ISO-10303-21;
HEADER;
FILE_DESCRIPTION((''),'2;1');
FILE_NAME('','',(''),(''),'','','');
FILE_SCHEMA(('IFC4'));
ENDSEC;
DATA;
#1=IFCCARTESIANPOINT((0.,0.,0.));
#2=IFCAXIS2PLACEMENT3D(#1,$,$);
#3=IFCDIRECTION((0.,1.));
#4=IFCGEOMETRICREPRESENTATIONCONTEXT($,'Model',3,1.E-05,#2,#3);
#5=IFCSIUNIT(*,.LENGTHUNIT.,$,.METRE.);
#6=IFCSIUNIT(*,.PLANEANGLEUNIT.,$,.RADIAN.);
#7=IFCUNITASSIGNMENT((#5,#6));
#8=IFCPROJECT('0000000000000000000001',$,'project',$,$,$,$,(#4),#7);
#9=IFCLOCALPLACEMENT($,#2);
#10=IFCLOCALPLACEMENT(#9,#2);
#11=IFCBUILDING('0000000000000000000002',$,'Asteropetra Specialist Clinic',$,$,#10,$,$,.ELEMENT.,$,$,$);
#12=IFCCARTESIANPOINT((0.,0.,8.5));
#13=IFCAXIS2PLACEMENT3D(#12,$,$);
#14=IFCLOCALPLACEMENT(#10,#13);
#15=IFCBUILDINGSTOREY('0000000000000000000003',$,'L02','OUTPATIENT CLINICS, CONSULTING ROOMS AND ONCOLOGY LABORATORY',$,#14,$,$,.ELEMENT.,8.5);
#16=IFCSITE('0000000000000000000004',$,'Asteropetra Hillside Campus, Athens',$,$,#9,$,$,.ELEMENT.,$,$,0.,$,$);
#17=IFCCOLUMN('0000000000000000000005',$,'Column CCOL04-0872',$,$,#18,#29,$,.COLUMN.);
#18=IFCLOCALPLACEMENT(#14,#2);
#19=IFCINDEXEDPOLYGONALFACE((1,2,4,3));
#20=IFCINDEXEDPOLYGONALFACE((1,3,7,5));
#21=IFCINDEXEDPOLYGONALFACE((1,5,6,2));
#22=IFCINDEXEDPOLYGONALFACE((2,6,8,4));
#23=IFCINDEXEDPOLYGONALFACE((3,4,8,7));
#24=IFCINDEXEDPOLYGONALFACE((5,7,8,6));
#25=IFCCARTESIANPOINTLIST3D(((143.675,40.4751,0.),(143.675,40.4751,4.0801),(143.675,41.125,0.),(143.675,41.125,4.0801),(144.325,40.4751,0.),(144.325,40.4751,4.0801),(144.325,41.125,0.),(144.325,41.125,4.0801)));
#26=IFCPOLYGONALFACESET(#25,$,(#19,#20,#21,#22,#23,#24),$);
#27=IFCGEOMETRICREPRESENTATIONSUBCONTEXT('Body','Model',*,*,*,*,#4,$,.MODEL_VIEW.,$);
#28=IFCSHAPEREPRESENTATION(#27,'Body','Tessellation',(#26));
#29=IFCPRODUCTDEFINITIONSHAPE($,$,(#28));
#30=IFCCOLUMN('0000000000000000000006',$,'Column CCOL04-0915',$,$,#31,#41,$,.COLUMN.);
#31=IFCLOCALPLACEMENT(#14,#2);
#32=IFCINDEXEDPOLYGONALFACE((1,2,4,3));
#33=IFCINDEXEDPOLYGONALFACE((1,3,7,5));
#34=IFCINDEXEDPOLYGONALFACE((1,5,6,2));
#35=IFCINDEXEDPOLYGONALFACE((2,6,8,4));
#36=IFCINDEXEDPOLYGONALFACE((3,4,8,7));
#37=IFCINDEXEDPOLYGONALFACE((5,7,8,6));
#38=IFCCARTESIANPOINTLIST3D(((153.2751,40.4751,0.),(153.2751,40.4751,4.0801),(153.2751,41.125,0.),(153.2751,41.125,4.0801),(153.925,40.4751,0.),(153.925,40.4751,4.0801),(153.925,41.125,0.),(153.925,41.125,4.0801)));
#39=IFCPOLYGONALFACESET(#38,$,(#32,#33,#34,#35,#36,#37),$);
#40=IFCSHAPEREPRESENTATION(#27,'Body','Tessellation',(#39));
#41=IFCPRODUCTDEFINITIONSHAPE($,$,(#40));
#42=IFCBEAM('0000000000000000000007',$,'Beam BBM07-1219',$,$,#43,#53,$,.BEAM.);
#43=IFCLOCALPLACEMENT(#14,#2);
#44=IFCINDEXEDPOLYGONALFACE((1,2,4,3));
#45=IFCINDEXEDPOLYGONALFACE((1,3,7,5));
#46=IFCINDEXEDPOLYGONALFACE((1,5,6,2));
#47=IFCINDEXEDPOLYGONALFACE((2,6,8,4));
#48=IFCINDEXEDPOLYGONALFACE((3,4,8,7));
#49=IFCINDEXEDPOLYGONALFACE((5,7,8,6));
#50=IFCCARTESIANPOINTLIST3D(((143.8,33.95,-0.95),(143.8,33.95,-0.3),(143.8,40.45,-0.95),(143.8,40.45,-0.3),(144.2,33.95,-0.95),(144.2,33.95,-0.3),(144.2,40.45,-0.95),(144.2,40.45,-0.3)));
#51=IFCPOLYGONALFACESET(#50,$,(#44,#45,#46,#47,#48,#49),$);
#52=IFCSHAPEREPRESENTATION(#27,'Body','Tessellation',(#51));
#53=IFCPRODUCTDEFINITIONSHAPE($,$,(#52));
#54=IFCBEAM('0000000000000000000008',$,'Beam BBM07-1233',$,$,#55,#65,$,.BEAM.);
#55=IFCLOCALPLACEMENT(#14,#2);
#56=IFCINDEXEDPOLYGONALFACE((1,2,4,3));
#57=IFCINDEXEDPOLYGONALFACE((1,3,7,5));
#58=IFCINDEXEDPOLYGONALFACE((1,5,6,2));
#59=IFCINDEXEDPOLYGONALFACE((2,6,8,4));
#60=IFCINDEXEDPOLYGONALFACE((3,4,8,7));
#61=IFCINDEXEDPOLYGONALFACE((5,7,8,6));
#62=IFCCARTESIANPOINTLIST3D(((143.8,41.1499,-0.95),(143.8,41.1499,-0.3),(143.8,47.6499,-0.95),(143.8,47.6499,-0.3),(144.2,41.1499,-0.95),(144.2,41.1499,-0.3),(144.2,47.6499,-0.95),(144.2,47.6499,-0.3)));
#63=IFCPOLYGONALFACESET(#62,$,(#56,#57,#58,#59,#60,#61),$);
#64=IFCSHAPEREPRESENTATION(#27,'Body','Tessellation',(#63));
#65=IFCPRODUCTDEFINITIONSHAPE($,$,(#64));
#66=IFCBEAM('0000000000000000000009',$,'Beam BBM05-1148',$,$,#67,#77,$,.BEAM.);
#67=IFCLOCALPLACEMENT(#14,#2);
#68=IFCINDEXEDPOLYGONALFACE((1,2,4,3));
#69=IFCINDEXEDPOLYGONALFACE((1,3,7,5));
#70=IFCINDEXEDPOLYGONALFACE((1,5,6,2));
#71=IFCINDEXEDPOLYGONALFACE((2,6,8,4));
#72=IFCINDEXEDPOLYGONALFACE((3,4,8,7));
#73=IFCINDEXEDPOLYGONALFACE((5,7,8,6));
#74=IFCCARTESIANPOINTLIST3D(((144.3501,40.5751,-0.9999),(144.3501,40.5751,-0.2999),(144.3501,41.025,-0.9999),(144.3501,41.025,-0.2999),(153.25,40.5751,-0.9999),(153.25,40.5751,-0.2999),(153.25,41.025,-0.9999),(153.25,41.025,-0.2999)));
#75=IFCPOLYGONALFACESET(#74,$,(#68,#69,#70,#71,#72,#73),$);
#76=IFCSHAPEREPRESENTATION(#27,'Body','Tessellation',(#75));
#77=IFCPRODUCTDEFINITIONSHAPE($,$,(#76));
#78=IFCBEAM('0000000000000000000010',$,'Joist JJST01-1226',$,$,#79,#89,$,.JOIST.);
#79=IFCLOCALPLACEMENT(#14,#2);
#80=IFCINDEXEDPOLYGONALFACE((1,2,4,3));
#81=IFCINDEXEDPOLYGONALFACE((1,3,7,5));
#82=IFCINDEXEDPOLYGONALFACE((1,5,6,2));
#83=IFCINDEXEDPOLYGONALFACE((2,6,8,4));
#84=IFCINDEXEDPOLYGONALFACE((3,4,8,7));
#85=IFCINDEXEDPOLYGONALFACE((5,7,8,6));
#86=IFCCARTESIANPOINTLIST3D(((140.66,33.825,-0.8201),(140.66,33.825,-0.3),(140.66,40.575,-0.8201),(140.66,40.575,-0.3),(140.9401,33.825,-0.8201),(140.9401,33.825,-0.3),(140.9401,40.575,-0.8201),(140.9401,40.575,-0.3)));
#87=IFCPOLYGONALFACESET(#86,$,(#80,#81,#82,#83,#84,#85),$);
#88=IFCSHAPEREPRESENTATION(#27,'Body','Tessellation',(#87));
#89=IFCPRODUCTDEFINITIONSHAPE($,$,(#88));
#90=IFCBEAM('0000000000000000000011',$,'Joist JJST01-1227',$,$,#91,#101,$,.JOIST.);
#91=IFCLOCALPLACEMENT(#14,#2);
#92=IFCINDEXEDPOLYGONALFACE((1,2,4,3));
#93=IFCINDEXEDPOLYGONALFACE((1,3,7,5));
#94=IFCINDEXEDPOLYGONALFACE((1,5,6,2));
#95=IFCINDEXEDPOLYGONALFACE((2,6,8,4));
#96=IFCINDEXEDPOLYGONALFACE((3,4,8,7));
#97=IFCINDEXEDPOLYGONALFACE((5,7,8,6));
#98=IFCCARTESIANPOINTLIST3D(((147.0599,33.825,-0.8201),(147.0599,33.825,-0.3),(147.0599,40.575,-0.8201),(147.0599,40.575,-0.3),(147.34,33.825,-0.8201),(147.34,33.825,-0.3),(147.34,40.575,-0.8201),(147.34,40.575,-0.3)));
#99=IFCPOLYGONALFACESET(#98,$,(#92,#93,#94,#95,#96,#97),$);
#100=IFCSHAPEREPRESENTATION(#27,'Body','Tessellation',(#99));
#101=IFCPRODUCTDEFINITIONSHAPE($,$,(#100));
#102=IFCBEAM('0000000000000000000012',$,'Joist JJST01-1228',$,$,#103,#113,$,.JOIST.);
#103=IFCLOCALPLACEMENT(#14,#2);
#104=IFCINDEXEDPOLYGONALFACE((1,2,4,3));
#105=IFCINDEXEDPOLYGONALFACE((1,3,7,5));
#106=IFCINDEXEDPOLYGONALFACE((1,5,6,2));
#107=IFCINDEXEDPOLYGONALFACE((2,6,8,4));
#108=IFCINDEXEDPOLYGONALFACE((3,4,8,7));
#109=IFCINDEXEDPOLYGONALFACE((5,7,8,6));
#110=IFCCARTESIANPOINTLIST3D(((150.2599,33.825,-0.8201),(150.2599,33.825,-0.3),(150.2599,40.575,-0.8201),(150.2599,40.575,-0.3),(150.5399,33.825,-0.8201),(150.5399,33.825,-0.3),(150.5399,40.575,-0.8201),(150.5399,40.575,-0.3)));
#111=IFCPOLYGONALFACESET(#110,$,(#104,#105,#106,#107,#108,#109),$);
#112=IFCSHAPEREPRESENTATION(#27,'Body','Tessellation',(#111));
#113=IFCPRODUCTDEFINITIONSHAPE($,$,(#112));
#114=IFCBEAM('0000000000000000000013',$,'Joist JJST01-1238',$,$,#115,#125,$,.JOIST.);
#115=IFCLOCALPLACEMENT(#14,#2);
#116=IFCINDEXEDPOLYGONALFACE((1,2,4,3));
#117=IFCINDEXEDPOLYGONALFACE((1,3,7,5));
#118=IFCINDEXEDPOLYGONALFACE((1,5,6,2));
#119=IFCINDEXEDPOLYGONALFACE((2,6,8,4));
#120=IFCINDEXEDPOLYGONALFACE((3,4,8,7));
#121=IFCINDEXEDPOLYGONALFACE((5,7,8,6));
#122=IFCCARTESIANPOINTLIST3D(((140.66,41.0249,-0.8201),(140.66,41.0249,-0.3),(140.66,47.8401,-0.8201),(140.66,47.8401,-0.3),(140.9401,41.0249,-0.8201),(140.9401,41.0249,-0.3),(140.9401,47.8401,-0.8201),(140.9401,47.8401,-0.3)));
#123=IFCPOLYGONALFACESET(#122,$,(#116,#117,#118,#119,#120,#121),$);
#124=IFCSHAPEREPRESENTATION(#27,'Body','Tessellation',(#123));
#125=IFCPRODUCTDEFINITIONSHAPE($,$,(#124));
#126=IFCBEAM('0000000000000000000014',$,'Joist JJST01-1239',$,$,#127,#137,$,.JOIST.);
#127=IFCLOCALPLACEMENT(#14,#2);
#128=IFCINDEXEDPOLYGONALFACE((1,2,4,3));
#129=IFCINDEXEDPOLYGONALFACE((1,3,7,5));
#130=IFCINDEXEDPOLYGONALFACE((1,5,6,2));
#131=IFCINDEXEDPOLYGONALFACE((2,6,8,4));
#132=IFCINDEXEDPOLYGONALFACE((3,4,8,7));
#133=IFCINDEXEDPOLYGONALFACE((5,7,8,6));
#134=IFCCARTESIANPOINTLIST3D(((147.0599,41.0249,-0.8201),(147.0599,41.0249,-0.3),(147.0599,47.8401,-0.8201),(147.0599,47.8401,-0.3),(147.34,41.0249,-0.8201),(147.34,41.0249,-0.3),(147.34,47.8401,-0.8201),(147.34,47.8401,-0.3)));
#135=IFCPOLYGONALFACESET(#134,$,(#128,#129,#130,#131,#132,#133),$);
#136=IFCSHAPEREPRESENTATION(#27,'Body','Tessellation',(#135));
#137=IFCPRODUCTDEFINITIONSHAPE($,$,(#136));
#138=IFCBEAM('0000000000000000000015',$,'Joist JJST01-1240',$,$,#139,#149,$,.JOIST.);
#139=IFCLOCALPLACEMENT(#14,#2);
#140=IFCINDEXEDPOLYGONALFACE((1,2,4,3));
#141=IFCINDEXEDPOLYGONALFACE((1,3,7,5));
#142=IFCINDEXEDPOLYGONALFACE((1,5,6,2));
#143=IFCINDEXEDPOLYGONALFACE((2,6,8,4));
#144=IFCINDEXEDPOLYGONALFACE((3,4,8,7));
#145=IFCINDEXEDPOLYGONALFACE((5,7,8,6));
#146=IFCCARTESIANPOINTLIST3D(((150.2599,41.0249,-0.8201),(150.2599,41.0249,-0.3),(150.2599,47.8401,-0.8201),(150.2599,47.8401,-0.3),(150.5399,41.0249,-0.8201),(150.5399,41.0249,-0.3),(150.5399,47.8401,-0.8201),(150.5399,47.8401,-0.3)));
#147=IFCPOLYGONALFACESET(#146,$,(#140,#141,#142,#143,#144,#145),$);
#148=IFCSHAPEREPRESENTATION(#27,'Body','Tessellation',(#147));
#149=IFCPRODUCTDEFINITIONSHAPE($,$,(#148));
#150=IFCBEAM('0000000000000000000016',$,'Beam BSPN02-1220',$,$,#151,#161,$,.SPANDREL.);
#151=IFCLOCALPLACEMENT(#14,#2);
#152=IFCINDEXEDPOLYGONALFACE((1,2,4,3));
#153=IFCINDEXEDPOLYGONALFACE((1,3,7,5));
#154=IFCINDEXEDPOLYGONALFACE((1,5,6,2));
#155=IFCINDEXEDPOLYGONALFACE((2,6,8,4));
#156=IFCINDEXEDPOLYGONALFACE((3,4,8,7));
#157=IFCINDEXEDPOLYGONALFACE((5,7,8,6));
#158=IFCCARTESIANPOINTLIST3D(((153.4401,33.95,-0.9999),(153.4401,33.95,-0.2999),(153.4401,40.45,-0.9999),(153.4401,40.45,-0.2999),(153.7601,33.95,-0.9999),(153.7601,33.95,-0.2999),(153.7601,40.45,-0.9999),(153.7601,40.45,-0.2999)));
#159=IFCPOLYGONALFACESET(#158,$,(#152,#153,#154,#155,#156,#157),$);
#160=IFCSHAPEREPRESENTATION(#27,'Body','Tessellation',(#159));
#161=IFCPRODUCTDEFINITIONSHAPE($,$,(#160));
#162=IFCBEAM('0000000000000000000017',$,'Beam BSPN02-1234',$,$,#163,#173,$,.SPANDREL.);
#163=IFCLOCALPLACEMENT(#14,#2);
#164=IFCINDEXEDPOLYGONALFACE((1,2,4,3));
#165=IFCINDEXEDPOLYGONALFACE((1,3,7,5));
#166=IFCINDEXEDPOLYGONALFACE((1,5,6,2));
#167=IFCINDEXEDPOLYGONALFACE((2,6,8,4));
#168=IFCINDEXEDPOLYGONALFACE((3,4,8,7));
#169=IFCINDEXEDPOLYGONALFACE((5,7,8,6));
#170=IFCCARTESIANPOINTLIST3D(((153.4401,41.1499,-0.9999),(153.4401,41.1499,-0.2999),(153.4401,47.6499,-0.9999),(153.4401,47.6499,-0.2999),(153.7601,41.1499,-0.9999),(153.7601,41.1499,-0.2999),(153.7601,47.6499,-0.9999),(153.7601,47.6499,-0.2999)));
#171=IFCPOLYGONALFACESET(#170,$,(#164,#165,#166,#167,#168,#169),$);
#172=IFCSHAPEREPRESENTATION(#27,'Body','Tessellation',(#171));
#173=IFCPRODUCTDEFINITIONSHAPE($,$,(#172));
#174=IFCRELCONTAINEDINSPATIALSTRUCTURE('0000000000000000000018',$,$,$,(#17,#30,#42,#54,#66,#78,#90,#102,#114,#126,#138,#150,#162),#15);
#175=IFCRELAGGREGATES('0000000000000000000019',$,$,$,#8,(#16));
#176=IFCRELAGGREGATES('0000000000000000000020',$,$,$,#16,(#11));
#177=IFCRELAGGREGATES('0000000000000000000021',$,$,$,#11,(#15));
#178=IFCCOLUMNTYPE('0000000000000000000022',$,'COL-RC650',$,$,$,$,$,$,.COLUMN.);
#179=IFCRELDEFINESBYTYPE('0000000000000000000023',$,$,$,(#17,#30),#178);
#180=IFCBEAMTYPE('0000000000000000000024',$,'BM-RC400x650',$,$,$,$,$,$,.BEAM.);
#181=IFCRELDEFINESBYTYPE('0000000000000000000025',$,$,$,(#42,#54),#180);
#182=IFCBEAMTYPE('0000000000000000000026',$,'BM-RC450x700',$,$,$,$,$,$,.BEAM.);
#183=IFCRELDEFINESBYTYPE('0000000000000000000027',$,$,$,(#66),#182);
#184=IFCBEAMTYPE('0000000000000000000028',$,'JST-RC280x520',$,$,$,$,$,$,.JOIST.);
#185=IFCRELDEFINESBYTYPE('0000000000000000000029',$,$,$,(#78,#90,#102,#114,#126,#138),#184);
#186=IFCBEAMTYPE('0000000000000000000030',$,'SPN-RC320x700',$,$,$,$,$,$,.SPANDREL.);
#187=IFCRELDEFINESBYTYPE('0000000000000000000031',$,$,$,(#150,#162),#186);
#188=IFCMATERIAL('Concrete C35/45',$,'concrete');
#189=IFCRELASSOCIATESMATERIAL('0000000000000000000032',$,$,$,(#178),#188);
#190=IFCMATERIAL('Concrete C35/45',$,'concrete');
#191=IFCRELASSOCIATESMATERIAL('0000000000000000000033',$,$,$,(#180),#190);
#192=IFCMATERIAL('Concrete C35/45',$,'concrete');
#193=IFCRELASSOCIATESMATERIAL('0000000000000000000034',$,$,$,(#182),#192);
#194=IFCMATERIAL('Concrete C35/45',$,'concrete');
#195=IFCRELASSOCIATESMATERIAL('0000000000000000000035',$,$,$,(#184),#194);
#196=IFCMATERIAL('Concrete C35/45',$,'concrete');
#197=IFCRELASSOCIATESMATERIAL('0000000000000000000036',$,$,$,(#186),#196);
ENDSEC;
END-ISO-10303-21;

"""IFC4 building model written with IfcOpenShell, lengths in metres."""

from ifc_helpers import new_model, si_unit, direction, frame, origin, origin_2d, place, context, subcontext, project, spatial, rectangle, extrude, material, material_profile, profile_set, type_object, element, save


model = new_model("IFC4")

# Units and contexts
model_context = context("Model", 3, precision=1e-05, world=origin(), true_north=direction((0.0, 1.0)))
body_context = subcontext(model_context, "Body", "Model", "MODEL_VIEW")
ifc_project = project(units=[si_unit("LENGTHUNIT", "METRE"), si_unit("PLANEANGLEUNIT", "RADIAN")], contexts=[model_context])

# Site, building, storey
site_placement = place(None, origin())
site = spatial("IfcSite", under=ifc_project, at=site_placement, Name="Asteropetra Hillside Campus, Athens", CompositionType="ELEMENT", RefElevation=0.0)
building_placement = place(site_placement, origin())
building = spatial("IfcBuilding", under=site, at=building_placement, Name="Asteropetra Specialist Clinic", CompositionType="ELEMENT")
storey_placement = place(building_placement, frame((0.0, 0.0, 8.5)))
storey = spatial("IfcBuildingStorey", under=building, at=storey_placement, Name="L02", Description="OUTPATIENT CLINICS, CONSULTING ROOMS AND ONCOLOGY LABORATORY", CompositionType="ELEMENT", Elevation=8.5)

# Columns
ifc_material_1 = material(Name="Concrete C35/45", Category="concrete")
ifc_material_profile_1 = material_profile(ifc_material_1, rectangle(XDim=0.6499, YDim=0.6499, at=origin_2d()), Name="RC 650x650")
ifc_profile_set_1 = profile_set([ifc_material_profile_1], Name="Concrete C35/45")
column_type = type_object("IfcColumnType", Name="COL-RC650", PredefinedType="COLUMN", material=ifc_profile_set_1)
for number, where, z_axis, x_axis, name in (
    (1, (144.0, 40.8, 0.0), (0.0, 0.0, 1.0), (1.0, 0.0, 0.0), "Column CCOL04-0872"),
    (2, (153.6001, 40.8, 0.0), (0.0, 0.0, 1.0), (1.0, 0.0, 0.0), "Column CCOL04-0915"),
):
    element("IfcColumn", number, at=place(storey_placement, frame(where, z_axis=z_axis, x_axis=x_axis)), inside=storey, type_object=column_type, Name=name, PredefinedType="COLUMN", context=body_context, shape_type="SweptSolid", body=[
        extrude(rectangle(XDim=0.6499, YDim=0.6499, at=origin_2d()), origin(), (0.0, 0.0, 1.0), 4.0801),
    ])

# Beams
ifc_material_2 = material(Name="Concrete C35/45", Category="concrete")
ifc_material_profile_2 = material_profile(ifc_material_2, rectangle(XDim=0.3999, YDim=0.6499, at=origin_2d()), Name="RCB 400x650")
ifc_profile_set_2 = profile_set([ifc_material_profile_2], Name="Concrete C35/45")
beam_type_1 = type_object("IfcBeamType", Name="BM-RC400x650", PredefinedType="BEAM", material=ifc_profile_set_2)
for number, where, z_axis, x_axis, name in (
    (3, (144.0, 33.95, -0.625), (0.0, 1.0, 0.0), (-1.0, 0.0, 0.0), "Beam BBM07-1219"),
    (4, (144.0, 41.1499, -0.625), (0.0, 1.0, 0.0), (-1.0, 0.0, 0.0), "Beam BBM07-1233"),
):
    element("IfcBeam", number, at=place(storey_placement, frame(where, z_axis=z_axis, x_axis=x_axis)), inside=storey, type_object=beam_type_1, Name=name, PredefinedType="BEAM", context=body_context, shape_type="SweptSolid", body=[
        extrude(rectangle(XDim=0.3999, YDim=0.6499, at=origin_2d()), origin(), (0.0, 0.0, 1.0), 6.5),
    ])
ifc_material_3 = material(Name="Concrete C35/45", Category="concrete")
ifc_material_profile_3 = material_profile(ifc_material_3, rectangle(XDim=0.45, YDim=0.7, at=origin_2d()), Name="RCB 450x700")
ifc_profile_set_3 = profile_set([ifc_material_profile_3], Name="Concrete C35/45")
beam_type_2 = type_object("IfcBeamType", Name="BM-RC450x700", PredefinedType="BEAM", material=ifc_profile_set_3)
beam_placement = place(storey_placement, frame((144.3501, 40.8, -0.6499), z_axis=(1.0, 0.0, 0.0), x_axis=(0.0, 1.0, 0.0)))
element("IfcBeam", 5, at=beam_placement, inside=storey, type_object=beam_type_2, Name="Beam BBM05-1148", PredefinedType="BEAM", context=body_context, shape_type="SweptSolid", body=[
    extrude(rectangle(XDim=0.45, YDim=0.7, at=origin_2d()), origin(), (0.0, 0.0, 1.0), 8.8999),
])
ifc_material_4 = material(Name="Concrete C35/45", Category="concrete")
ifc_material_profile_4 = material_profile(ifc_material_4, rectangle(XDim=0.28, YDim=0.52, at=origin_2d()), Name="RCJ 280x520")
ifc_profile_set_4 = profile_set([ifc_material_profile_4], Name="Concrete C35/45")
beam_type_3 = type_object("IfcBeamType", Name="JST-RC280x520", PredefinedType="JOIST", material=ifc_profile_set_4)
for number, where, z_axis, x_axis, name in (
    (6, (140.8, 33.825, -0.5601), (0.0, 1.0, 0.0), (-1.0, 0.0, 0.0), "Joist JJST01-1226"),
    (7, (147.2, 33.825, -0.5601), (0.0, 1.0, 0.0), (-1.0, 0.0, 0.0), "Joist JJST01-1227"),
    (8, (150.3999, 33.825, -0.5601), (0.0, 1.0, 0.0), (-1.0, 0.0, 0.0), "Joist JJST01-1228"),
):
    element("IfcBeam", number, at=place(storey_placement, frame(where, z_axis=z_axis, x_axis=x_axis)), inside=storey, type_object=beam_type_3, Name=name, PredefinedType="JOIST", context=body_context, shape_type="SweptSolid", body=[
        extrude(rectangle(XDim=0.28, YDim=0.52, at=origin_2d()), origin(), (0.0, 0.0, 1.0), 6.75),
    ])
for number, where, z_axis, x_axis, name in (
    (9, (140.8, 41.0249, -0.5601), (0.0, 1.0, 0.0), (-1.0, 0.0, 0.0), "Joist JJST01-1238"),
    (10, (147.2, 41.0249, -0.5601), (0.0, 1.0, 0.0), (-1.0, 0.0, 0.0), "Joist JJST01-1239"),
    (11, (150.3999, 41.0249, -0.5601), (0.0, 1.0, 0.0), (-1.0, 0.0, 0.0), "Joist JJST01-1240"),
):
    element("IfcBeam", number, at=place(storey_placement, frame(where, z_axis=z_axis, x_axis=x_axis)), inside=storey, type_object=beam_type_3, Name=name, PredefinedType="JOIST", context=body_context, shape_type="SweptSolid", body=[
        extrude(rectangle(XDim=0.28, YDim=0.52, at=origin_2d()), origin(), (0.0, 0.0, 1.0), 6.8152),
    ])
ifc_material_5 = material(Name="Concrete C35/45", Category="concrete")
ifc_material_profile_5 = material_profile(ifc_material_5, rectangle(XDim=0.3201, YDim=0.7, at=origin_2d()), Name="RCS 320x700")
ifc_profile_set_5 = profile_set([ifc_material_profile_5], Name="Concrete C35/45")
beam_type_4 = type_object("IfcBeamType", Name="SPN-RC320x700", PredefinedType="SPANDREL", material=ifc_profile_set_5)
for number, where, z_axis, x_axis, name in (
    (12, (153.6001, 33.95, -0.6499), (0.0, 1.0, 0.0), (-1.0, 0.0, 0.0), "Beam BSPN02-1220"),
    (13, (153.6001, 41.1499, -0.6499), (0.0, 1.0, 0.0), (-1.0, 0.0, 0.0), "Beam BSPN02-1234"),
):
    element("IfcBeam", number, at=place(storey_placement, frame(where, z_axis=z_axis, x_axis=x_axis)), inside=storey, type_object=beam_type_4, Name=name, PredefinedType="SPANDREL", context=body_context, shape_type="SweptSolid", body=[
        extrude(rectangle(XDim=0.3201, YDim=0.7, at=origin_2d()), origin(), (0.0, 0.0, 1.0), 6.5),
    ])

save(model, "model.ifc")
